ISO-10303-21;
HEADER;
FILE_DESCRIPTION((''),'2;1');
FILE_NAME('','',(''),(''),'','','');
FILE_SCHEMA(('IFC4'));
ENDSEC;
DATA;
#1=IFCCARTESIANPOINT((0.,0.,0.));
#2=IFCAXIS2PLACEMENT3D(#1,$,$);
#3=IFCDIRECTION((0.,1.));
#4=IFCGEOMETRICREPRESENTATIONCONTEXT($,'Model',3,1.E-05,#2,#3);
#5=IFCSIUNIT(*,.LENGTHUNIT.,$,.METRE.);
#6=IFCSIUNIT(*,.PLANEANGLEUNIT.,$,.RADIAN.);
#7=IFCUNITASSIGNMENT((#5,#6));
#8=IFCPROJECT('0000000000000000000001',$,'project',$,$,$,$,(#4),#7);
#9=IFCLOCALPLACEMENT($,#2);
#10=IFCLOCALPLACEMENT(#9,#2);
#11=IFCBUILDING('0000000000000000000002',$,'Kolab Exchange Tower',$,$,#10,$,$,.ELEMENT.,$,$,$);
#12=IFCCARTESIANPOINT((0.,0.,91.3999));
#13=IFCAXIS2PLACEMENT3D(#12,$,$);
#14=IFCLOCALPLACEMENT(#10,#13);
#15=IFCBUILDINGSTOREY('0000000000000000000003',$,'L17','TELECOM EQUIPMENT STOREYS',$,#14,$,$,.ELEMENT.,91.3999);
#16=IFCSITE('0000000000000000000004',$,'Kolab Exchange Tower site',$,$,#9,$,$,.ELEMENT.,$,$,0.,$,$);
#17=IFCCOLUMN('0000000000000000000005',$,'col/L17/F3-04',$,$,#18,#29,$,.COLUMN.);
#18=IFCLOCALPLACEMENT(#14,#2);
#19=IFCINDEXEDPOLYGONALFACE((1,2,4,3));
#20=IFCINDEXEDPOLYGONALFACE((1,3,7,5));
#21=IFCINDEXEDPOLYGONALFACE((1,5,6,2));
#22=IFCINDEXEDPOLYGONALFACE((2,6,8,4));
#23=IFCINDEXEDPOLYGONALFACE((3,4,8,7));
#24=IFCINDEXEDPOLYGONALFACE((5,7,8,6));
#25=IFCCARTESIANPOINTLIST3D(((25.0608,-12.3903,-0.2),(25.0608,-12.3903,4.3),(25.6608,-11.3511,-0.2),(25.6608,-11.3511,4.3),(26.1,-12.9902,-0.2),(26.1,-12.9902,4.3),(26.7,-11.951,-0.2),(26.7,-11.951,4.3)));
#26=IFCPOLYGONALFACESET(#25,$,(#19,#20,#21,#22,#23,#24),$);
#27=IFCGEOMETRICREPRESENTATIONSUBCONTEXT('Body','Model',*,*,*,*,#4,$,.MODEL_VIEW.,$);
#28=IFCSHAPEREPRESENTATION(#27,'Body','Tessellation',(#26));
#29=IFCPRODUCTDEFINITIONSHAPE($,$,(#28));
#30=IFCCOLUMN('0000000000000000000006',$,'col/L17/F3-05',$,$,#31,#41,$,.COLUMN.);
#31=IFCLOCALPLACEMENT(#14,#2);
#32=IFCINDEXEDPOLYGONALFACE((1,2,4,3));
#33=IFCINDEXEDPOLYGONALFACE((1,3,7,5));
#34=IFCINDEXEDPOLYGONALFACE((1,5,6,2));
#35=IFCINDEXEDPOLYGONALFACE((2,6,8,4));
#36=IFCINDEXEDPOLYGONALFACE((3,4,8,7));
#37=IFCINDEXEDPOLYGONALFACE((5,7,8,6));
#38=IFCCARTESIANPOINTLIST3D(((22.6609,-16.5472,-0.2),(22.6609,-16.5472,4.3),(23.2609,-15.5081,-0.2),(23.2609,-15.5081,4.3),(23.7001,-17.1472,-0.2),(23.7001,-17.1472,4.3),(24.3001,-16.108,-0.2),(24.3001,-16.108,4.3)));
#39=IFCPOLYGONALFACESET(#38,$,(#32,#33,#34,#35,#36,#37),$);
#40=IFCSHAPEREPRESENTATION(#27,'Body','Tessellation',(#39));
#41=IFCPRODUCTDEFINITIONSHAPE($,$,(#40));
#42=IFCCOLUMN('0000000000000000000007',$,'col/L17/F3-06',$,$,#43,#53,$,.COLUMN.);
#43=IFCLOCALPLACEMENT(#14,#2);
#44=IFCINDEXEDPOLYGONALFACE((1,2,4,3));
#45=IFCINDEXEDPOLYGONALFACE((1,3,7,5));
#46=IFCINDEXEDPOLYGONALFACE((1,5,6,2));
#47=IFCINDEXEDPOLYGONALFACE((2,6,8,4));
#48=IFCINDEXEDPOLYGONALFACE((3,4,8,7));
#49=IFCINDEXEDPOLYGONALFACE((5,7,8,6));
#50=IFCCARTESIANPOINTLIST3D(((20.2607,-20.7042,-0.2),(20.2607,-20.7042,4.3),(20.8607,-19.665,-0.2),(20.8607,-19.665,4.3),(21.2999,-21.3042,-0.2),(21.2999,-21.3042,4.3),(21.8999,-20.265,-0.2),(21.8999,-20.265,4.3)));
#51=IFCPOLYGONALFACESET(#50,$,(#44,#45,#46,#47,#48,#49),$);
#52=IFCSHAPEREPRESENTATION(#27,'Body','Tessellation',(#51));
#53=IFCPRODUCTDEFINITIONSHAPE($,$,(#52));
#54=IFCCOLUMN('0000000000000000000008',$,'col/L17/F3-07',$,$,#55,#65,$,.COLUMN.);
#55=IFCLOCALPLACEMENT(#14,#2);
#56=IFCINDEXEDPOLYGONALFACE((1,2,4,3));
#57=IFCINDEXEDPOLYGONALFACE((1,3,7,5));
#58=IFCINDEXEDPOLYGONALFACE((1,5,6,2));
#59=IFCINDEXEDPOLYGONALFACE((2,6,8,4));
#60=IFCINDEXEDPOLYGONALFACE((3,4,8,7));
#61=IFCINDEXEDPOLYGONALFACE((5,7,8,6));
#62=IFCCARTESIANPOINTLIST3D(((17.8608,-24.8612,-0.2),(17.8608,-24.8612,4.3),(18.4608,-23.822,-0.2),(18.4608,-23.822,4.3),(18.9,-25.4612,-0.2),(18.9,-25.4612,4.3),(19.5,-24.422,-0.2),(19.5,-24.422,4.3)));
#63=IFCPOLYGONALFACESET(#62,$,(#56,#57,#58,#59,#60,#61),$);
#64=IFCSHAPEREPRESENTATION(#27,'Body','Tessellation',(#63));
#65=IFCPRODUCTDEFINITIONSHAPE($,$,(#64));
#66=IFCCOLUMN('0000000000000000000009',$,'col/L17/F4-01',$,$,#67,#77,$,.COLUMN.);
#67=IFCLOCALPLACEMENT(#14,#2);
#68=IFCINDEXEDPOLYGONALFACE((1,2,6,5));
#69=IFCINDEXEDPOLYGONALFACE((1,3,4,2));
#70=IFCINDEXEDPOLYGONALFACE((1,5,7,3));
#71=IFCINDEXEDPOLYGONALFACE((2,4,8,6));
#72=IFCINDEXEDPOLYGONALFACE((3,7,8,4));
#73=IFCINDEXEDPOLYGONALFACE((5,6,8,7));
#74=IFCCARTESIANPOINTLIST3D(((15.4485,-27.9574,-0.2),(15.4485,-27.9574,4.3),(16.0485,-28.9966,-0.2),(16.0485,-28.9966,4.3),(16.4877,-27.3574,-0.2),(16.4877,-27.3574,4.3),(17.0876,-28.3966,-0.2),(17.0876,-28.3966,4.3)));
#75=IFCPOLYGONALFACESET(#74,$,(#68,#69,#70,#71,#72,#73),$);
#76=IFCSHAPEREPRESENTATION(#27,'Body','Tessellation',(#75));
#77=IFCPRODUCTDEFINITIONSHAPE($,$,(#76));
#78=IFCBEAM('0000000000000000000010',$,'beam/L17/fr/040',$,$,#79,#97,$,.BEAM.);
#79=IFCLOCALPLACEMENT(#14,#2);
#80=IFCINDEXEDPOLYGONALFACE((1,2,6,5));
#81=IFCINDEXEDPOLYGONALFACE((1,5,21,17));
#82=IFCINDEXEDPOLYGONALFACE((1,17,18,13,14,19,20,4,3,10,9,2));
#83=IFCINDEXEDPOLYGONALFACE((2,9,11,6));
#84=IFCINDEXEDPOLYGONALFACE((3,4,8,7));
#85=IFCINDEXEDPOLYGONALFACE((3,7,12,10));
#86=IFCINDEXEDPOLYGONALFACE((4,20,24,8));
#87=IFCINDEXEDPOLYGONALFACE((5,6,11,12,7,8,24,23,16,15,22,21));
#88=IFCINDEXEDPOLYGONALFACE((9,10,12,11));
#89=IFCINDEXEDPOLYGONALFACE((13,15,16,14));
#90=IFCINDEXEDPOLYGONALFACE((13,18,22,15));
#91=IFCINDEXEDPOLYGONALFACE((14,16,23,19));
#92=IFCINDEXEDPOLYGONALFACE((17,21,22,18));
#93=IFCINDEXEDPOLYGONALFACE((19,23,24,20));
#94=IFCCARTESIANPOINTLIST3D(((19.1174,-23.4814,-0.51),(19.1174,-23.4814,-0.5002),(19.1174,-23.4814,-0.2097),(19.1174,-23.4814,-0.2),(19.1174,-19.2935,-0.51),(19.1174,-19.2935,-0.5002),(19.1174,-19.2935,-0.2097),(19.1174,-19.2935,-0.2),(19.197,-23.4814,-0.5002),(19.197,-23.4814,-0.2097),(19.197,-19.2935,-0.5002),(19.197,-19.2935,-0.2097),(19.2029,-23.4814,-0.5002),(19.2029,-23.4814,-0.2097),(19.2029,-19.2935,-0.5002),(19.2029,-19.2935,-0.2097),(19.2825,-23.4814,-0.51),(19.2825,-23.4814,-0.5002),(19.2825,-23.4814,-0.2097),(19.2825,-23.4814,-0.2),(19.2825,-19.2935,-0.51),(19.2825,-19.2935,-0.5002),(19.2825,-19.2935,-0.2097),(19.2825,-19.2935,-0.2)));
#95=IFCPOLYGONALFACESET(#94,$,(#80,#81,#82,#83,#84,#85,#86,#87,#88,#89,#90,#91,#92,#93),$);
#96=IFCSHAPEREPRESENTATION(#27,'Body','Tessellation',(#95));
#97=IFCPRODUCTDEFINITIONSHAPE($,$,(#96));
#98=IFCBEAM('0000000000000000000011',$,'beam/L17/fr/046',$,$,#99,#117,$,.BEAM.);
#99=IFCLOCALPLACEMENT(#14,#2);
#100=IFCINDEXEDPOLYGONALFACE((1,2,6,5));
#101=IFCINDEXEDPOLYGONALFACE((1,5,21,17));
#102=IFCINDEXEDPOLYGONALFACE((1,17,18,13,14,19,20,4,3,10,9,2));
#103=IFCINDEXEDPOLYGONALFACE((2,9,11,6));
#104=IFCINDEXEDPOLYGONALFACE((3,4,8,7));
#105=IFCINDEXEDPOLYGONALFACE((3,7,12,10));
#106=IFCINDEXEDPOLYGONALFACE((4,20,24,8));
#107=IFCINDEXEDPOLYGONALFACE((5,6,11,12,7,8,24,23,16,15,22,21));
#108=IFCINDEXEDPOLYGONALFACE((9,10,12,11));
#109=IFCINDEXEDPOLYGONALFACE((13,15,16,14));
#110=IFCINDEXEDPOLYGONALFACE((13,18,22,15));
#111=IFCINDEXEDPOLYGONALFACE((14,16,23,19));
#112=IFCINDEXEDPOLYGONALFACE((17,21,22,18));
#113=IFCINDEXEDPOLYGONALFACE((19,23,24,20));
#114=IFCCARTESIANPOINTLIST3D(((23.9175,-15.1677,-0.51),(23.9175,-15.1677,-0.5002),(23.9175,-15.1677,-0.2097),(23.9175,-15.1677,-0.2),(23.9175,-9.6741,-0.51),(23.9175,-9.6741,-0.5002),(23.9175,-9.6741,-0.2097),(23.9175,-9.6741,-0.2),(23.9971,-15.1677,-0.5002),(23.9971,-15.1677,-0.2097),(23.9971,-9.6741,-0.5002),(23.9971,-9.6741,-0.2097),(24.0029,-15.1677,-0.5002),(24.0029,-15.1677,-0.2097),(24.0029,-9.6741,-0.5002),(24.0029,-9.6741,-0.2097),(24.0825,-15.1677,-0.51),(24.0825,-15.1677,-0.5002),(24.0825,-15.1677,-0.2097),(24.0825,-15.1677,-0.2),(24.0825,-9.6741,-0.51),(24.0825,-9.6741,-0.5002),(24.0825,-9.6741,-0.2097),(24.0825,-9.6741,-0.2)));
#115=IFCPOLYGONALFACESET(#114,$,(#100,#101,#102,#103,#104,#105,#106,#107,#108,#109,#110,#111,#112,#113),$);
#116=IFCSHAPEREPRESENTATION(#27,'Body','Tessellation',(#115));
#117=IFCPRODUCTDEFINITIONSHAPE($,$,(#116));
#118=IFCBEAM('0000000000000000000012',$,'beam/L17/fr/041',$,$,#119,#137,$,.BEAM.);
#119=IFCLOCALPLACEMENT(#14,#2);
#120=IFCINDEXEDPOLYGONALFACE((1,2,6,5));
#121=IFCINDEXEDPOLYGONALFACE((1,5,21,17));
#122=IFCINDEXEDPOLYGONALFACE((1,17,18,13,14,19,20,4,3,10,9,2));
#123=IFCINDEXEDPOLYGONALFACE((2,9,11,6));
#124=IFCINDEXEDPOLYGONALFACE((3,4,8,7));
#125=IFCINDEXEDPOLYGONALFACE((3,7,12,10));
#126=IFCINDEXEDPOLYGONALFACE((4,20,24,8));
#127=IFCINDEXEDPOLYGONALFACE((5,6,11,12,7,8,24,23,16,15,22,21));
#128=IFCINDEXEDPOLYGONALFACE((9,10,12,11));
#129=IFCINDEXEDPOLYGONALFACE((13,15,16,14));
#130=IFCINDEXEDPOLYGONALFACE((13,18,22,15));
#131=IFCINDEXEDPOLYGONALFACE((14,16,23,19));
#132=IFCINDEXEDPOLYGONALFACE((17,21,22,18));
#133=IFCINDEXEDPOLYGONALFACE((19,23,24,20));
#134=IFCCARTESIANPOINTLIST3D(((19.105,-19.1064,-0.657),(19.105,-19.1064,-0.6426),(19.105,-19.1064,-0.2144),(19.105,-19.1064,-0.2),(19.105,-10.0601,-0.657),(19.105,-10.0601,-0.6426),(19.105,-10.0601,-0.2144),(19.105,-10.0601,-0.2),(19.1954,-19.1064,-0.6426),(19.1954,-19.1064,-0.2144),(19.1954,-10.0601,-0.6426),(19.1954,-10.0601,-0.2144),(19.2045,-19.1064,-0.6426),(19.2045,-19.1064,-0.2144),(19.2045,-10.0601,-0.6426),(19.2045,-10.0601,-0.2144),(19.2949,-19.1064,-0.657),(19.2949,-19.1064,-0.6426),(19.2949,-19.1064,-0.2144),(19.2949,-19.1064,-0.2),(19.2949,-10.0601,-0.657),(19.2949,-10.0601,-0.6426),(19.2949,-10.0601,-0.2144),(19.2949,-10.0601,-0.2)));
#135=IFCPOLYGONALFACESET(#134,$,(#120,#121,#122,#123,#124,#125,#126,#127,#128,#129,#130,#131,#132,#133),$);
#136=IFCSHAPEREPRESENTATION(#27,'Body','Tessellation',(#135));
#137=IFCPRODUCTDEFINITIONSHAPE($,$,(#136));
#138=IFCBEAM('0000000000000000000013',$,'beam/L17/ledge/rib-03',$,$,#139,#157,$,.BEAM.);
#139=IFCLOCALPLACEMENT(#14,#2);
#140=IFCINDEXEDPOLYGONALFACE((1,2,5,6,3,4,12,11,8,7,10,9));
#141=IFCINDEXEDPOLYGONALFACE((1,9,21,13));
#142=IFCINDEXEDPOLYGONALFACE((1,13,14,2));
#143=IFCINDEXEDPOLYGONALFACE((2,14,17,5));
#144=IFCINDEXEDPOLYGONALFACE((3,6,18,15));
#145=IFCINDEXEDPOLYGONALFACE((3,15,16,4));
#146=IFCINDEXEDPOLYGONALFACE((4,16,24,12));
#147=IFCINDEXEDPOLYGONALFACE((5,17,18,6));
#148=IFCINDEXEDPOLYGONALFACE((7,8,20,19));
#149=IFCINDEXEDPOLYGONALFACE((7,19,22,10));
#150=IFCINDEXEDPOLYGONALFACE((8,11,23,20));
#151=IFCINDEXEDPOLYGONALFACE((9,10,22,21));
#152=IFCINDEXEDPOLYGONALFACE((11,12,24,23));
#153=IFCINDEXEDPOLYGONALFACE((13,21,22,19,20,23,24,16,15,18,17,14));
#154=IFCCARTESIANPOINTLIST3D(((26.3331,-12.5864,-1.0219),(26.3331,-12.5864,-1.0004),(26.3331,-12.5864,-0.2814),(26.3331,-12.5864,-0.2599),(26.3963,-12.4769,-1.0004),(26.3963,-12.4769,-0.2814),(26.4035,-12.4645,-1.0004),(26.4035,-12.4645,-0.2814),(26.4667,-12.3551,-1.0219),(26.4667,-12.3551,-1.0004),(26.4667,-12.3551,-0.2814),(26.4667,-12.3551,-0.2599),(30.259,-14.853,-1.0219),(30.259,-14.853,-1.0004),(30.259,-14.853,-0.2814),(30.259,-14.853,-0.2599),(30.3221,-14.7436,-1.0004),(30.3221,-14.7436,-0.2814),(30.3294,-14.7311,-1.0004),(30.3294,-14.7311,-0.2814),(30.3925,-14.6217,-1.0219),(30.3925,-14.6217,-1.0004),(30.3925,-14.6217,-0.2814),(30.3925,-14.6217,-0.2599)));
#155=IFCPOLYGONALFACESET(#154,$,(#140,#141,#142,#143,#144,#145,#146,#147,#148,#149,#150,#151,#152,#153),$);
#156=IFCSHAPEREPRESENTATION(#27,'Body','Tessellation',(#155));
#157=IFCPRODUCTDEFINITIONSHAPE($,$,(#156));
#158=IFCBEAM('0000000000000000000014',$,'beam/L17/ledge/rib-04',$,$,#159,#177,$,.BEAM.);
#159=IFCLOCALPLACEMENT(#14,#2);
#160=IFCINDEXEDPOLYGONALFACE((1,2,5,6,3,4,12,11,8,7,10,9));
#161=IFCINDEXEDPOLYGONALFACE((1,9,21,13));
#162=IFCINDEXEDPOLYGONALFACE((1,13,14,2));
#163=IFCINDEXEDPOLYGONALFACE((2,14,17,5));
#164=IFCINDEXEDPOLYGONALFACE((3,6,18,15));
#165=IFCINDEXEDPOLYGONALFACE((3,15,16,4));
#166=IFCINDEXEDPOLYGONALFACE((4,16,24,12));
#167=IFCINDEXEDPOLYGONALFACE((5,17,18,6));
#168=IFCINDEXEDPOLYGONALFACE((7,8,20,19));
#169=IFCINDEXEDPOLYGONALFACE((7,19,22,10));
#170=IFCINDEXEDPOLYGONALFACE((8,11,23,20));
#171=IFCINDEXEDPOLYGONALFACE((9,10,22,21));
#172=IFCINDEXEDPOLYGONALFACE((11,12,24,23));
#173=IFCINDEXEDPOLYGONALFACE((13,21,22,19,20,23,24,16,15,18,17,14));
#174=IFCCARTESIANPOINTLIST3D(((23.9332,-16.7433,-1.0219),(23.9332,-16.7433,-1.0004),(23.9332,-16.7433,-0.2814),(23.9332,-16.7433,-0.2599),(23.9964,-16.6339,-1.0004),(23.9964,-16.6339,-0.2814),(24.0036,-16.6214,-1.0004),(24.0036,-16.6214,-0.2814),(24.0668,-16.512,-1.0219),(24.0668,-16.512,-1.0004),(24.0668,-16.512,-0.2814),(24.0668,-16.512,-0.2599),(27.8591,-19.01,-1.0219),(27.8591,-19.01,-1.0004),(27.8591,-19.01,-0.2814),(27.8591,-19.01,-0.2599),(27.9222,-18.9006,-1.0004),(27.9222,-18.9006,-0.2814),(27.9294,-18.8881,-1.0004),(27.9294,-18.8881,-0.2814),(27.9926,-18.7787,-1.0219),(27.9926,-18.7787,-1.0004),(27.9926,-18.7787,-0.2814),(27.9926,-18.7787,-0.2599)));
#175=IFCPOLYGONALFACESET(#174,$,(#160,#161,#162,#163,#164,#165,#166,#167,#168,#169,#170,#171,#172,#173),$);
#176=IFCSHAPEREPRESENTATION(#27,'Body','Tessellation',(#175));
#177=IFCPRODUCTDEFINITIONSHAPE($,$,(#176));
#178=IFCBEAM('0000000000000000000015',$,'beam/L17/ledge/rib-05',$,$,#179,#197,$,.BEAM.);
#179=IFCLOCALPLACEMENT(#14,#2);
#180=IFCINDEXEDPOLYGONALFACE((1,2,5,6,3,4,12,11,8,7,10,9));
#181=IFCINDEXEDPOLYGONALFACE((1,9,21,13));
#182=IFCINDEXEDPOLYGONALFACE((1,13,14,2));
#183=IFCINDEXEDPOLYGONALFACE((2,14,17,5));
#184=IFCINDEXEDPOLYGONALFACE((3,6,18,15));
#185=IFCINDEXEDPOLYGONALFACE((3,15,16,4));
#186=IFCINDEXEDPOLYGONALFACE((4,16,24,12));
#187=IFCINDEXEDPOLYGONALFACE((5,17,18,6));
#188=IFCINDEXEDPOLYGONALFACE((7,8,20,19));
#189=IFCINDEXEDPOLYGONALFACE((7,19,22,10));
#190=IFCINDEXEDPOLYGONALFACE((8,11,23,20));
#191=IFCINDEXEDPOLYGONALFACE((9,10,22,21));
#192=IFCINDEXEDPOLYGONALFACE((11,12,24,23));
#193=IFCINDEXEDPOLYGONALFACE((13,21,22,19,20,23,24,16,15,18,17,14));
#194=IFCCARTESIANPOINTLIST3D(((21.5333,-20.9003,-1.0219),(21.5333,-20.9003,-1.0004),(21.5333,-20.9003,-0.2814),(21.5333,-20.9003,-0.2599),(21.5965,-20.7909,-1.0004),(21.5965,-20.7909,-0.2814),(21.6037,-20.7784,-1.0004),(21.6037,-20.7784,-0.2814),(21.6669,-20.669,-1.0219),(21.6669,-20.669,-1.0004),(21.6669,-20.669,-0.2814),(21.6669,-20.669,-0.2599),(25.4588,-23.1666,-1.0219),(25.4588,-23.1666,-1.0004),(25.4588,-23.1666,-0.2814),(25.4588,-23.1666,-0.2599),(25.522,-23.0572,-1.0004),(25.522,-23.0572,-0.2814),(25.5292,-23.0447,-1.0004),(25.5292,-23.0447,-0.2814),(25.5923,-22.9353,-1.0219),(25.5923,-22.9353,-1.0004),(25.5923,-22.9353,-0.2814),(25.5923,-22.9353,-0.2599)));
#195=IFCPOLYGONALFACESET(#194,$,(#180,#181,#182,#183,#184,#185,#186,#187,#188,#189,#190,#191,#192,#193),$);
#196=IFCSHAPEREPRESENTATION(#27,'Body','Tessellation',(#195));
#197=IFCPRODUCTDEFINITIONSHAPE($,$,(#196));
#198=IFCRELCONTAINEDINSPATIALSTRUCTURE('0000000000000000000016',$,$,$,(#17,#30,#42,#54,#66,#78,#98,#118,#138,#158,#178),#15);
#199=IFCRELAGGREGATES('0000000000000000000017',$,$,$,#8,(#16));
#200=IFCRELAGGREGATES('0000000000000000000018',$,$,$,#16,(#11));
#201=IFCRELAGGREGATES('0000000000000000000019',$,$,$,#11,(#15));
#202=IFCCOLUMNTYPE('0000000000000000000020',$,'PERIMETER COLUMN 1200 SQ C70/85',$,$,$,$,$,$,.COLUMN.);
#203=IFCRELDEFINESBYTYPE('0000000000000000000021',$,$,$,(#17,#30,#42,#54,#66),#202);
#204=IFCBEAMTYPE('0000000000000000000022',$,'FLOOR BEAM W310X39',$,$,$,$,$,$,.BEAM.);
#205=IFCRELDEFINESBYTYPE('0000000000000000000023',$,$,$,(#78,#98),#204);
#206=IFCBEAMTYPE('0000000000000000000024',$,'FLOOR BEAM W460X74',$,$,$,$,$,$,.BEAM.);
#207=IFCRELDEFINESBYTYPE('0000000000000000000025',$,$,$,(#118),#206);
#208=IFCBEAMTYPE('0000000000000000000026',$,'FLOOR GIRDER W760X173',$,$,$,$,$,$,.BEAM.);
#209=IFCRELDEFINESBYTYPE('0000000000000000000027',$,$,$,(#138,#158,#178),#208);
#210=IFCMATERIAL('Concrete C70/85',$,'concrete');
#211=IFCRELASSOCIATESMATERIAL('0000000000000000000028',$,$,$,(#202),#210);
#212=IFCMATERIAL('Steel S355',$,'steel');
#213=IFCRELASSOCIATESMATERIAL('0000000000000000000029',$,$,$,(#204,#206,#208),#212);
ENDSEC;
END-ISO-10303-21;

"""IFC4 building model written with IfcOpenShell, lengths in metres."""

from ifc_helpers import new_model, si_unit, direction, frame, origin, origin_2d, place, context, subcontext, project, spatial, rectangle, i_section, extrude, material, material_profile, profile_set, type_object, element, save


model = new_model("IFC4")

# Units and contexts
model_context = context("Model", 3, precision=1e-05, world=origin(), true_north=direction((0.0, 1.0)))
body_context = subcontext(model_context, "Body", "Model", "MODEL_VIEW")
ifc_project = project(units=[si_unit("LENGTHUNIT", "METRE"), si_unit("PLANEANGLEUNIT", "RADIAN")], contexts=[model_context])

# Site, building, storey
site_placement = place(None, origin())
site = spatial("IfcSite", under=ifc_project, at=site_placement, Name="Kolab Exchange Tower site", CompositionType="ELEMENT", RefElevation=0.0)
building_placement = place(site_placement, origin())
building = spatial("IfcBuilding", under=site, at=building_placement, Name="Kolab Exchange Tower", CompositionType="ELEMENT")
storey_placement = place(building_placement, frame((0.0, 0.0, 91.3999)))
storey = spatial("IfcBuildingStorey", under=building, at=storey_placement, Name="L17", Description="TELECOM EQUIPMENT STOREYS", CompositionType="ELEMENT", Elevation=91.3999)

# Columns
ifc_material_1 = material(Name="Concrete C70/85", Category="concrete")
ifc_material_profile_1 = material_profile(ifc_material_1, rectangle(XDim=1.2, YDim=1.2, at=origin_2d()), Name="RC1200")
ifc_profile_set_1 = profile_set([ifc_material_profile_1], Name="Concrete C70/85")
column_type = type_object("IfcColumnType", Name="PERIMETER COLUMN 1200 SQ C70/85", PredefinedType="COLUMN", material=ifc_profile_set_1)
for number, where, z_axis, x_axis, name in (
    (1, (25.8804, -12.1707, -0.2), (0.0, 0.0, 1.0), (0.5, 0.866025, 0.0), "col/L17/F3-04"),
    (2, (23.4805, -16.3276, -0.2), (0.0, 0.0, 1.0), (0.5, 0.866025, 0.0), "col/L17/F3-05"),
    (3, (21.0803, -20.4846, -0.2), (0.0, 0.0, 1.0), (0.5, 0.866025, 0.0), "col/L17/F3-06"),
    (4, (18.6804, -24.6416, -0.2), (0.0, 0.0, 1.0), (0.5, 0.866025, 0.0), "col/L17/F3-07"),
    (5, (16.2681, -28.177, -0.2), (0.0, 0.0, 1.0), (0.866025, 0.5, 0.0), "col/L17/F4-01"),
):
    element("IfcColumn", number, at=place(storey_placement, frame(where, z_axis=z_axis, x_axis=x_axis)), inside=storey, type_object=column_type, Name=name, PredefinedType="COLUMN", context=body_context, shape_type="SweptSolid", body=[
        extrude(rectangle(XDim=1.2, YDim=1.2, at=origin_2d()), origin(), (0.0, 0.0, 1.0), 4.5),
    ])

# Beams
ifc_material_2 = material(Name="Steel S355", Category="steel")
ifc_material_profile_2 = material_profile(ifc_material_2, i_section(OverallWidth=0.165, OverallDepth=0.3101, WebThickness=0.0059, FlangeThickness=0.0098, at=origin_2d()), Name="W310X39")
ifc_profile_set_2 = profile_set([ifc_material_profile_2], Name="Steel S355")
beam_type_1 = type_object("IfcBeamType", Name="FLOOR BEAM W310X39", PredefinedType="BEAM", material=ifc_profile_set_2)
beam_1_placement = place(storey_placement, frame((19.2, -23.4814, -0.355), z_axis=(0.0, 1.0, 0.0), x_axis=(-1.0, 0.0, 0.0)))
element("IfcBeam", 6, at=beam_1_placement, inside=storey, type_object=beam_type_1, Name="beam/L17/fr/040", PredefinedType="BEAM", context=body_context, shape_type="SweptSolid", body=[
    extrude(i_section(OverallWidth=0.165, OverallDepth=0.3101, WebThickness=0.0059, FlangeThickness=0.0098, at=origin_2d()), origin(), (0.0, 0.0, 1.0), 4.188),
])
beam_2_placement = place(storey_placement, frame((24.0, -15.1677, -0.355), z_axis=(0.0, 1.0, 0.0), x_axis=(-1.0, 0.0, 0.0)))
element("IfcBeam", 7, at=beam_2_placement, inside=storey, type_object=beam_type_1, Name="beam/L17/fr/046", PredefinedType="BEAM", context=body_context, shape_type="SweptSolid", body=[
    extrude(i_section(OverallWidth=0.165, OverallDepth=0.3101, WebThickness=0.0059, FlangeThickness=0.0098, at=origin_2d()), origin(), (0.0, 0.0, 1.0), 5.4937),
])
ifc_material_profile_3 = material_profile(ifc_material_2, i_section(OverallWidth=0.1899, OverallDepth=0.457, WebThickness=0.009, FlangeThickness=0.0144, at=origin_2d()), Name="W460X74")
ifc_profile_set_3 = profile_set([ifc_material_profile_3], Name="Steel S355")
beam_type_2 = type_object("IfcBeamType", Name="FLOOR BEAM W460X74", PredefinedType="BEAM", material=ifc_profile_set_3)
beam_3_placement = place(storey_placement, frame((19.2, -19.1064, -0.4285), z_axis=(0.0, 1.0, 0.0), x_axis=(-1.0, 0.0, 0.0)))
element("IfcBeam", 8, at=beam_3_placement, inside=storey, type_object=beam_type_2, Name="beam/L17/fr/041", PredefinedType="BEAM", context=body_context, shape_type="SweptSolid", body=[
    extrude(i_section(OverallWidth=0.1899, OverallDepth=0.457, WebThickness=0.009, FlangeThickness=0.0144, at=origin_2d()), origin(), (0.0, 0.0, 1.0), 9.0464),
])
ifc_material_profile_4 = material_profile(ifc_material_2, i_section(OverallWidth=0.2671, OverallDepth=0.762, WebThickness=0.0144, FlangeThickness=0.0215, at=origin_2d()), Name="W760X173")
ifc_profile_set_4 = profile_set([ifc_material_profile_4], Name="Steel S355")
beam_type_3 = type_object("IfcBeamType", Name="FLOOR GIRDER W760X173", PredefinedType="BEAM", material=ifc_profile_set_4)
for number, where, z_axis, x_axis, name in (
    (9, (26.3999, -12.4707, -0.6409), (0.866021, -0.500008, 0.0), (0.500008, 0.866021, 0.0), "beam/L17/ledge/rib-03"),
    (10, (24.0, -16.6277, -0.6409), (0.866021, -0.500008, 0.0), (0.500008, 0.866021, 0.0), "beam/L17/ledge/rib-04"),
):
    element("IfcBeam", number, at=place(storey_placement, frame(where, z_axis=z_axis, x_axis=x_axis)), inside=storey, type_object=beam_type_3, Name=name, PredefinedType="BEAM", context=body_context, shape_type="SweptSolid", body=[
        extrude(i_section(OverallWidth=0.2671, OverallDepth=0.762, WebThickness=0.0144, FlangeThickness=0.0215, at=origin_2d()), origin(), (0.0, 0.0, 1.0), 4.5332),
    ])
beam_4_placement = place(storey_placement, frame((21.6001, -20.7847, -0.6409), z_axis=(0.86603, -0.499991, 0.0), x_axis=(0.499991, 0.86603, 0.0)))
element("IfcBeam", 11, at=beam_4_placement, inside=storey, type_object=beam_type_3, Name="beam/L17/ledge/rib-05", PredefinedType="BEAM", context=body_context, shape_type="SweptSolid", body=[
    extrude(i_section(OverallWidth=0.2671, OverallDepth=0.762, WebThickness=0.0144, FlangeThickness=0.0215, at=origin_2d()), origin(), (0.0, 0.0, 1.0), 4.5327),
])

save(model, "model.ifc")
